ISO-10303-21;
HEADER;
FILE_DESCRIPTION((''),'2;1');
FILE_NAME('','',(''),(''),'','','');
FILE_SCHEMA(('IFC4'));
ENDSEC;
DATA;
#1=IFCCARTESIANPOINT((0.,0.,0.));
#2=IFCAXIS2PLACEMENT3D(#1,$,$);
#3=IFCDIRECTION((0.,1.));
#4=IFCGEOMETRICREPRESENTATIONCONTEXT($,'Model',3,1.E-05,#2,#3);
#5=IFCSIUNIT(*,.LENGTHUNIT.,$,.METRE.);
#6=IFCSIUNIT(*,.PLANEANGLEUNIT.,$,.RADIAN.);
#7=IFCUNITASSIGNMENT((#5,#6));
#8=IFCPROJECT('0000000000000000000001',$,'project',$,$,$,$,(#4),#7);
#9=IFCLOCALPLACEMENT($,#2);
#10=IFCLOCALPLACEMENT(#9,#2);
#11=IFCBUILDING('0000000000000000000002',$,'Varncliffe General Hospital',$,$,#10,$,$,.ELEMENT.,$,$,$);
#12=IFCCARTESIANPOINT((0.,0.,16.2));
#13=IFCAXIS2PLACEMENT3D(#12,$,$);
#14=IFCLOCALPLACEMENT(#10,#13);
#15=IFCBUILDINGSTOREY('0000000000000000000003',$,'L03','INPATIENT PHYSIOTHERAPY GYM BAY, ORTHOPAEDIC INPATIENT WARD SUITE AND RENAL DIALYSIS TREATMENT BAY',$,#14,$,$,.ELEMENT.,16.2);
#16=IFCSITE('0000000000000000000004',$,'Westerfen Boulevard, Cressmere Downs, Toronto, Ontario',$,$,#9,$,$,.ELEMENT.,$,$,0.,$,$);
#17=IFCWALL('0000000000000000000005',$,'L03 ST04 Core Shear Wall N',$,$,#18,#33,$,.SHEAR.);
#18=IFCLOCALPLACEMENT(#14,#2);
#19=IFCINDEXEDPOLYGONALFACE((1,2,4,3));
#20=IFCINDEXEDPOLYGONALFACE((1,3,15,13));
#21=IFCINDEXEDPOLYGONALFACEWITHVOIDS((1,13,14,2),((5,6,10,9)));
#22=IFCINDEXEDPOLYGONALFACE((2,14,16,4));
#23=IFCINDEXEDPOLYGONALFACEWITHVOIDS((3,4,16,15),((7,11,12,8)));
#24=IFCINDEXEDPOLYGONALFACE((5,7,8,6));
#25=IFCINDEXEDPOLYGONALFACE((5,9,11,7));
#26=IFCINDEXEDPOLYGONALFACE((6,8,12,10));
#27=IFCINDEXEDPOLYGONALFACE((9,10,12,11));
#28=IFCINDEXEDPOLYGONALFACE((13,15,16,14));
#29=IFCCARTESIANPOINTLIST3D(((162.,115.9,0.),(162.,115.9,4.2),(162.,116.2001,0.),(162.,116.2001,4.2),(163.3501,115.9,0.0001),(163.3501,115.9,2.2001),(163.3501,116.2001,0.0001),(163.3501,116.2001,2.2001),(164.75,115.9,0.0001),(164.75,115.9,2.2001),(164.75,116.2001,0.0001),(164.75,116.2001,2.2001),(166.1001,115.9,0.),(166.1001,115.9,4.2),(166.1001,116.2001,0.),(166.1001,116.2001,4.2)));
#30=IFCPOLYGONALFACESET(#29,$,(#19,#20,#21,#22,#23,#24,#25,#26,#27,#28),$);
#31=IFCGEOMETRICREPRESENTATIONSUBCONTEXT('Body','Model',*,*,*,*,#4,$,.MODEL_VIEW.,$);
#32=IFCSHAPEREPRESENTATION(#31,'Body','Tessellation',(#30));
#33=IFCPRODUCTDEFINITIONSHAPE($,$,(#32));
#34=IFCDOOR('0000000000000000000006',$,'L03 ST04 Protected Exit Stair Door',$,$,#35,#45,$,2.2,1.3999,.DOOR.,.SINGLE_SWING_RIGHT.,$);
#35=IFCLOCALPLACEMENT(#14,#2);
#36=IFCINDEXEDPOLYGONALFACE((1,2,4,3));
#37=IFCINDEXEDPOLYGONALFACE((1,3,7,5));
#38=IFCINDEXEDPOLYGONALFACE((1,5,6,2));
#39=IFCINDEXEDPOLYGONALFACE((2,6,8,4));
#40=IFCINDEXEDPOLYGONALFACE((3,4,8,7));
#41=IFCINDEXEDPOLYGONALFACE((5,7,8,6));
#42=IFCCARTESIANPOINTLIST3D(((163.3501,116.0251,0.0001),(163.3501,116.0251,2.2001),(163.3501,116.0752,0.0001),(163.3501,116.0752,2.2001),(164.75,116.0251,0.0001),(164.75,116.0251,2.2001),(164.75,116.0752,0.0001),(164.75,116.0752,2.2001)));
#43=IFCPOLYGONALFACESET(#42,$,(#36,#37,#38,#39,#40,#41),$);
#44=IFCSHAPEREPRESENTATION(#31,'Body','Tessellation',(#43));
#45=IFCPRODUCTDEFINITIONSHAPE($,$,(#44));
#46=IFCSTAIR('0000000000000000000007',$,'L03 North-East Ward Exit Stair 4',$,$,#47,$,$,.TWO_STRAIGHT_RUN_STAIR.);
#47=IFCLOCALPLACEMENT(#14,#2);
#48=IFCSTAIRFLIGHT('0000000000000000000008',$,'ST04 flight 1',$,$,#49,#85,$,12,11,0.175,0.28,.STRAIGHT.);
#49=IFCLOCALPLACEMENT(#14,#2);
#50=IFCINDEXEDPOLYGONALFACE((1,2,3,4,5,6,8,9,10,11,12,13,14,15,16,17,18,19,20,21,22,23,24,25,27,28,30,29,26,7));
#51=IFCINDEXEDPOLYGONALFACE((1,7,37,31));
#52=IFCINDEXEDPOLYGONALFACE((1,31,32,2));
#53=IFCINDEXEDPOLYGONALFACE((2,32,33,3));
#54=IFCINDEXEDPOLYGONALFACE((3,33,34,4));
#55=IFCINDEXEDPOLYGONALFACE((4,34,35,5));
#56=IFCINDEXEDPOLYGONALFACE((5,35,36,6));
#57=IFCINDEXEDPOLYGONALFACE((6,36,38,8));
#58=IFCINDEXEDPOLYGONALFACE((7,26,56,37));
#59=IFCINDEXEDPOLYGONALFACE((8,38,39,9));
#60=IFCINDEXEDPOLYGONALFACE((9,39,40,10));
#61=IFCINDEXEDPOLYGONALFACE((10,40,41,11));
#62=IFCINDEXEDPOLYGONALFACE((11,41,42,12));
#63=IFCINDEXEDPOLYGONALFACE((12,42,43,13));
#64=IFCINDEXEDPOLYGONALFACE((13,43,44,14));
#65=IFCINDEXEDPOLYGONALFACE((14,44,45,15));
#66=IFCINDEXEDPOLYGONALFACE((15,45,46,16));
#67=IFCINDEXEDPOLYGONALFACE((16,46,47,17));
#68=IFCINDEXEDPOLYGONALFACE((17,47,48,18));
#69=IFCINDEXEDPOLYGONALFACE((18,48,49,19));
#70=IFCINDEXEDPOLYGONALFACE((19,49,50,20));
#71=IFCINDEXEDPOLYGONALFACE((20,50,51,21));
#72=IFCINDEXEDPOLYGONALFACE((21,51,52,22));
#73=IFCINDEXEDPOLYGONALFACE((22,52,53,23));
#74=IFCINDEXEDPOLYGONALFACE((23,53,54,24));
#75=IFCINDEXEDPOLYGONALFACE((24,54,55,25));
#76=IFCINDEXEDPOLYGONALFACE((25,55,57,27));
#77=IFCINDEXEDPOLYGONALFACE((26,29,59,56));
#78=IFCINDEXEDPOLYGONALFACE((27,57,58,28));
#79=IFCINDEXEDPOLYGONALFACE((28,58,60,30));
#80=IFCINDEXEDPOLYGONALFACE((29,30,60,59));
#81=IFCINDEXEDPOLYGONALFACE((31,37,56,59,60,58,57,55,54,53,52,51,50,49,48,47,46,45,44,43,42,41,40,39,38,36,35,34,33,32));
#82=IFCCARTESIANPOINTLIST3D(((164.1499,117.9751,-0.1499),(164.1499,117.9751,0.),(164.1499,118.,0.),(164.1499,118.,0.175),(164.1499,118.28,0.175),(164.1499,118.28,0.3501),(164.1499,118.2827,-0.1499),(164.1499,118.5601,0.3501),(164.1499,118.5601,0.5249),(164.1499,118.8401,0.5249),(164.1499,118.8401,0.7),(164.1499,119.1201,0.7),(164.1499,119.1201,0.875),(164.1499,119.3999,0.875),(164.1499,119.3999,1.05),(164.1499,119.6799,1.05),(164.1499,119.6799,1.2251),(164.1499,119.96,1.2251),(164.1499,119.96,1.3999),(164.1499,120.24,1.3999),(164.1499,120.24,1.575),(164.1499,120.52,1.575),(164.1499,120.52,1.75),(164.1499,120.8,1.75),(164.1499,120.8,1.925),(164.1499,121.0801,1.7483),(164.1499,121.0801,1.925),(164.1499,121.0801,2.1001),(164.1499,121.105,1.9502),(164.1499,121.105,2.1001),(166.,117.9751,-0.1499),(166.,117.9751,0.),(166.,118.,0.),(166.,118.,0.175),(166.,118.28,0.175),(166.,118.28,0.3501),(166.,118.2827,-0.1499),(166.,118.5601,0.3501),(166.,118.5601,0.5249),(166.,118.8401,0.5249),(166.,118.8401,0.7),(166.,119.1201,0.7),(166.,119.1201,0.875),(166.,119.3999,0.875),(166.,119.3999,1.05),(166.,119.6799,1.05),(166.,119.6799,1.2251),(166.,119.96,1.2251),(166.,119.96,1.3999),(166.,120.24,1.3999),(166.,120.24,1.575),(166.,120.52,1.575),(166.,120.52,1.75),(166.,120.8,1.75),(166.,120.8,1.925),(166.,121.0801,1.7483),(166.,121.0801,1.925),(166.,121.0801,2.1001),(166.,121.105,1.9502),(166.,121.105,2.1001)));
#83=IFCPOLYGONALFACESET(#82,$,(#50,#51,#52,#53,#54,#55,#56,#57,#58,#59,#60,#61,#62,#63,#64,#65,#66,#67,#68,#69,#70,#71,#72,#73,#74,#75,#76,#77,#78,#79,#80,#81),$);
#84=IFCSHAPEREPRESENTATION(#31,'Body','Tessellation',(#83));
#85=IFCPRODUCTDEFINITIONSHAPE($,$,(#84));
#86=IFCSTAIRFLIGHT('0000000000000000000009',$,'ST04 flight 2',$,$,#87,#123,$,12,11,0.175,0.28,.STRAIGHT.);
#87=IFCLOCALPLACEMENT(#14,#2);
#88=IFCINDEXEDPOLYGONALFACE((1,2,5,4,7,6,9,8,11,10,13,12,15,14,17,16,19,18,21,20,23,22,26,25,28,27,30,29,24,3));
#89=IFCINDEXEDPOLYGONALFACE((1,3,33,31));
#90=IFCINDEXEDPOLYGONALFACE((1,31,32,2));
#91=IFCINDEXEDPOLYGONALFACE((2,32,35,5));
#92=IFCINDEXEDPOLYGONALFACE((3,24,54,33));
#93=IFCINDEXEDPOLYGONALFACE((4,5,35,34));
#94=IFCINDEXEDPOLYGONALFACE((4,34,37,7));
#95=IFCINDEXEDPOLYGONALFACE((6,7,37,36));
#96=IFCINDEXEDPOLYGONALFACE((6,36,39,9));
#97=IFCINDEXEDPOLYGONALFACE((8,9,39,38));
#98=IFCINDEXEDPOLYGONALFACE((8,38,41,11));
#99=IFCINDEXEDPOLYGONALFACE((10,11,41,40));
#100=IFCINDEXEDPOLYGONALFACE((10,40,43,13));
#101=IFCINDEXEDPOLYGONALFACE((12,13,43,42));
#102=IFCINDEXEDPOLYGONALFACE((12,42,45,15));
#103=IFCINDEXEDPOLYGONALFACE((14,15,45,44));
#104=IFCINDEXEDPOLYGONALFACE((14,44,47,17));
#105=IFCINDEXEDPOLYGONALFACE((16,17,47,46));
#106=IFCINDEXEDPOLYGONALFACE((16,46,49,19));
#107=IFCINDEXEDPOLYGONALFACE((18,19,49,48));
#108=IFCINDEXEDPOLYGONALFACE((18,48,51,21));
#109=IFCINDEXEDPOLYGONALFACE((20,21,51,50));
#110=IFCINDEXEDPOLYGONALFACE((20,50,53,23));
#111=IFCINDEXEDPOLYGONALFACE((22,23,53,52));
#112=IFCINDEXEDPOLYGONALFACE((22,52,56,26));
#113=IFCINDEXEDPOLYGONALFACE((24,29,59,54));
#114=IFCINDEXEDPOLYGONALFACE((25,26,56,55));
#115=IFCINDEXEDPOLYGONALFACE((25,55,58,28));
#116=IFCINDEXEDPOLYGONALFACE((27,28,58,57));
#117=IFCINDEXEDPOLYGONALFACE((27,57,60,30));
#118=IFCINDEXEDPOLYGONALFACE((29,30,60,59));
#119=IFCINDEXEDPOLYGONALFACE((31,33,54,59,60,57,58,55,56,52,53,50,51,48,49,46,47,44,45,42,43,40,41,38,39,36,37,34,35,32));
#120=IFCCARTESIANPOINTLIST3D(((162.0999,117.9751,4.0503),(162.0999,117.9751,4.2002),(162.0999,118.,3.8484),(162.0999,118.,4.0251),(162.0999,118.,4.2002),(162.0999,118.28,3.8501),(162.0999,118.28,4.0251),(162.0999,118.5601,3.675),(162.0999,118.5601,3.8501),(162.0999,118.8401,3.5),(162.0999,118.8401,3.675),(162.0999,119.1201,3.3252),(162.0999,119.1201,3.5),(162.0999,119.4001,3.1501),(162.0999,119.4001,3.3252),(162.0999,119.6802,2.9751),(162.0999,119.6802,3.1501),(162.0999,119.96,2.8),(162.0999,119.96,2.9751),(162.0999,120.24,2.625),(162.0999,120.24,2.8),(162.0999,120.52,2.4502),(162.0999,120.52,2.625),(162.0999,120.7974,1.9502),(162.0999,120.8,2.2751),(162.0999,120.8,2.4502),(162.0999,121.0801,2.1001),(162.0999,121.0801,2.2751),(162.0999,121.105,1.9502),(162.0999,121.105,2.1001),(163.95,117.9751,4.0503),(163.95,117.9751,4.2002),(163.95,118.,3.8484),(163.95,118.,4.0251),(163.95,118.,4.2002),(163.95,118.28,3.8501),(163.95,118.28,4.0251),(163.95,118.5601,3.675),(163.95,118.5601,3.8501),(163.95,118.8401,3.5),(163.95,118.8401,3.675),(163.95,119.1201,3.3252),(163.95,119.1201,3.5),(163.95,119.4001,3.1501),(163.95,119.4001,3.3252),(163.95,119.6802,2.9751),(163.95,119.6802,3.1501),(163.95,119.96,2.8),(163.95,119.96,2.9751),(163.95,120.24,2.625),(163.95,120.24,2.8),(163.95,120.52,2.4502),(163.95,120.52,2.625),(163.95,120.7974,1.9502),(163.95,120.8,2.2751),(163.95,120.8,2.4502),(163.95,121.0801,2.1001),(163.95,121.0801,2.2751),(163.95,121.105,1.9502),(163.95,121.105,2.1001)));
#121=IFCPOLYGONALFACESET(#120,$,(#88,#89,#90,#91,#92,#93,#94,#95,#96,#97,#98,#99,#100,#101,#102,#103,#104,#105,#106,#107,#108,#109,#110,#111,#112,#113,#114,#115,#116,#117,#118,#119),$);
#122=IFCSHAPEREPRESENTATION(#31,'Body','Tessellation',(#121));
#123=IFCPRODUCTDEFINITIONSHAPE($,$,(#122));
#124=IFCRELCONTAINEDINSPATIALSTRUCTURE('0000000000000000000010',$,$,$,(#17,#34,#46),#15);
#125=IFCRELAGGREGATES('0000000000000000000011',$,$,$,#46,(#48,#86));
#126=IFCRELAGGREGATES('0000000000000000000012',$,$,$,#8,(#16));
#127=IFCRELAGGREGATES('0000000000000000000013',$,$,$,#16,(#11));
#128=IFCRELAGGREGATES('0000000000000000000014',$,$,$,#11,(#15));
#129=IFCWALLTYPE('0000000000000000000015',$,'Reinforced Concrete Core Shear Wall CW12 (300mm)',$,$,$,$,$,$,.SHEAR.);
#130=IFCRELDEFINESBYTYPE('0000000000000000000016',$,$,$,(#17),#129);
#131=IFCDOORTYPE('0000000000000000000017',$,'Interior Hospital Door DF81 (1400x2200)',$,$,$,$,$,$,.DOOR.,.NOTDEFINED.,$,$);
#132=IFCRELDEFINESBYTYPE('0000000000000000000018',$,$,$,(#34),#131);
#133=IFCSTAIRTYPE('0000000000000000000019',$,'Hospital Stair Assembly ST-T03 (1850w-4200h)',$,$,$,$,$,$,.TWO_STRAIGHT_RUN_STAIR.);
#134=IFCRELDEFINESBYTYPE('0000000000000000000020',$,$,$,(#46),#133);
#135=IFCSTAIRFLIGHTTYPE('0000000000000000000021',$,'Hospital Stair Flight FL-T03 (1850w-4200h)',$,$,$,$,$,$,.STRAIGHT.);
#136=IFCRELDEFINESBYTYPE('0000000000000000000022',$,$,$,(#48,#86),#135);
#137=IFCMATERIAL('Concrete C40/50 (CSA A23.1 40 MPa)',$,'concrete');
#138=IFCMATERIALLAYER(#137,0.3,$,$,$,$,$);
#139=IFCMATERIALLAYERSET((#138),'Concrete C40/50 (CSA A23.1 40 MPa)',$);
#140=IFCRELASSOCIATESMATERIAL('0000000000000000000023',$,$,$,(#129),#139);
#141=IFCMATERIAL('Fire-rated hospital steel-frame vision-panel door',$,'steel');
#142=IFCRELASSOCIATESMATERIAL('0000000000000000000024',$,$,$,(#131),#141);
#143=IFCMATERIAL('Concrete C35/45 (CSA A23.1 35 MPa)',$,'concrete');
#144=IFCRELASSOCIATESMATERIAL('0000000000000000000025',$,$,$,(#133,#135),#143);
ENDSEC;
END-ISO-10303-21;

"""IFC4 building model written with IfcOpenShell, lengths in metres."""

from ifc_helpers import new_model, si_unit, direction, frame, frame_2d, origin, place, context, subcontext, project, spatial, polyline, rectangle, outline, extrude, material, layer, layer_set, type_object, element, fill, aggregate, save


model = new_model("IFC4")

# Units and contexts
model_context = context("Model", 3, precision=1e-05, world=origin(), true_north=direction((0.0, 1.0)))
body_context = subcontext(model_context, "Body", "Model", "MODEL_VIEW")
ifc_project = project(units=[si_unit("LENGTHUNIT", "METRE"), si_unit("PLANEANGLEUNIT", "RADIAN")], contexts=[model_context])

# Site, building, storey
site_placement = place(None, origin())
site = spatial("IfcSite", under=ifc_project, at=site_placement, Name="Westerfen Boulevard, Cressmere Downs, Toronto, Ontario", CompositionType="ELEMENT", RefElevation=0.0)
building_placement = place(site_placement, origin())
building = spatial("IfcBuilding", under=site, at=building_placement, Name="Varncliffe General Hospital", CompositionType="ELEMENT")
storey_placement = place(building_placement, frame((0.0, 0.0, 16.2)))
storey = spatial("IfcBuildingStorey", under=building, at=storey_placement, Name="L03", Description="INPATIENT PHYSIOTHERAPY GYM BAY, ORTHOPAEDIC INPATIENT WARD SUITE AND RENAL DIALYSIS TREATMENT BAY", CompositionType="ELEMENT", Elevation=16.2)

# Shared definitions
ifc_material_1 = material(Name="Concrete C40/50 (CSA A23.1 40 MPa)", Category="concrete")

# Shared definitions
ifc_material_2 = material(Name="Concrete C35/45 (CSA A23.1 35 MPa)", Category="concrete")

# Shared definitions
ifc_material_3 = material(Name="Fire-rated hospital steel-frame vision-panel door", Category="steel")

# Shared definitions
ifc_layer_1 = layer(ifc_material_1, 0.3)
ifc_layer_set_1 = layer_set([ifc_layer_1], Name="Concrete C40/50 (CSA A23.1 40 MPa)")
wall_type_1 = type_object("IfcWallType", Name="Reinforced Concrete Core Shear Wall CW12 (300mm)", PredefinedType="SHEAR", material=ifc_layer_set_1)

# Wall, opening, door
wall_1_placement = place(storey_placement, frame((162.0, 116.05, 0.0), z_axis=(0.0, 0.0, 1.0), x_axis=(1.0, 0.0, 0.0)))
wall_1 = element("IfcWall", 1, at=wall_1_placement, inside=storey, type_object=wall_type_1, Name="L03 ST04 Core Shear Wall N", PredefinedType="SHEAR", context=body_context, shape_type="SweptSolid", body=[
    extrude(rectangle(XDim=4.1001, YDim=0.3, at=frame_2d((2.05, 0.0))), origin(), (0.0, 0.0, 1.0), 4.2),
])
opening_1_placement = place(wall_1_placement, frame((1.3501, 0.0, 0.0)))
opening_1 = element("IfcOpeningElement", 2, at=opening_1_placement, cuts=wall_1, PredefinedType="OPENING", context=body_context, shape_type="SweptSolid", body=[
    extrude(rectangle(XDim=1.3999, YDim=2.2, at=frame_2d((0.7, 1.1001))), frame((0.0, 0.1602, 0.0), z_axis=(0.0, -1.0, 0.0), x_axis=(1.0, 0.0, 0.0)), (0.0, 0.0, 1.0), 0.3201),
])
door_type_1 = type_object("IfcDoorType", Name="Interior Hospital Door DF81 (1400x2200)", OperationType="NOTDEFINED", PredefinedType="DOOR", material=ifc_material_3)
door_1_placement = place(opening_1_placement, frame((1.3999, 0.0, 0.0), z_axis=(0.0, 0.0, 1.0), x_axis=(-1.0, 0.0, 0.0)))
door_1 = element("IfcDoor", 3, at=door_1_placement, inside=storey, type_object=door_type_1, Name="L03 ST04 Protected Exit Stair Door", OperationType="SINGLE_SWING_RIGHT", OverallHeight=2.2, OverallWidth=1.3999, PredefinedType="DOOR", context=body_context, shape_type="SweptSolid", body=[
    extrude(rectangle(XDim=1.3999, YDim=2.2, at=frame_2d((0.7, 1.1001))), frame((0.0, 0.0249, 0.0), z_axis=(0.0, -1.0, 0.0), x_axis=(1.0, 0.0, 0.0)), (0.0, 0.0, 1.0), 0.05),
])
fill(opening_1, door_1)

# Stair, stair flights
stair_type = type_object("IfcStairType", Name="Hospital Stair Assembly ST-T03 (1850w-4200h)", PredefinedType="TWO_STRAIGHT_RUN_STAIR", material=ifc_material_2)
stair_placement = place(storey_placement, origin())
stair = element("IfcStair", 4, at=stair_placement, inside=storey, type_object=stair_type, Name="L03 North-East Ward Exit Stair 4", PredefinedType="TWO_STRAIGHT_RUN_STAIR")
stair_flight_type = type_object("IfcStairFlightType", Name="Hospital Stair Flight FL-T03 (1850w-4200h)", PredefinedType="STRAIGHT", material=ifc_material_2)
stair_flight_1_placement = place(storey_placement, frame((165.075, 118.0, 0.0), z_axis=(0.0, 0.0, 1.0), x_axis=(0.0, 1.0, 0.0)))
stair_flight_1 = element("IfcStairFlight", 5, at=stair_flight_1_placement, type_object=stair_flight_type, Name="ST04 flight 1", NumberOfRisers=12, NumberOfTreads=11, PredefinedType="STRAIGHT", RiserHeight=0.175, TreadLength=0.28, context=body_context, shape_type="SweptSolid", body=[
    extrude(outline(polyline([(-0.0249, -0.1499), (-0.0249, 0.0), (0.0, 0.0), (0.0, 0.175), (0.28, 0.175), (0.28, 0.3501), (0.5601, 0.3501), (0.5601, 0.5249), (0.8401, 0.5249), (0.8401, 0.7), (1.1201, 0.7), (1.1201, 0.875), (1.3999, 0.875), (1.3999, 1.05), (1.6799, 1.05), (1.6799, 1.2251), (1.96, 1.2251), (1.96, 1.3999), (2.24, 1.3999), (2.24, 1.575), (2.52, 1.575), (2.52, 1.75), (2.8, 1.75), (2.8, 1.925), (3.0801, 1.925), (3.0801, 2.1001), (3.105, 2.1001), (3.105, 1.9502), (3.0801, 1.7483), (0.2827, -0.1499), (-0.0249, -0.1499)])), frame((0.0, 0.925, 0.0), z_axis=(0.0, -1.0, 0.0), x_axis=(1.0, 0.0, 0.0)), (0.0, 0.0, 1.0), 1.8501),
])
stair_flight_2_placement = place(storey_placement, frame((163.0249, 121.0801, 2.1001), z_axis=(0.0, 0.0, 1.0), x_axis=(0.0, -1.0, 0.0)))
stair_flight_2 = element("IfcStairFlight", 6, at=stair_flight_2_placement, type_object=stair_flight_type, Name="ST04 flight 2", NumberOfRisers=12, NumberOfTreads=11, PredefinedType="STRAIGHT", RiserHeight=0.175, TreadLength=0.28, context=body_context, shape_type="SweptSolid", body=[
    extrude(outline(polyline([(-0.0249, -0.1499), (-0.0249, 0.0), (0.0, 0.0), (0.0, 0.175), (0.28, 0.175), (0.28, 0.3501), (0.5601, 0.3501), (0.5601, 0.5249), (0.8401, 0.5249), (0.8401, 0.7), (1.1201, 0.7), (1.1201, 0.875), (1.3999, 0.875), (1.3999, 1.05), (1.6799, 1.05), (1.6799, 1.2251), (1.96, 1.2251), (1.96, 1.3999), (2.24, 1.3999), (2.24, 1.575), (2.52, 1.575), (2.52, 1.75), (2.8, 1.75), (2.8, 1.925), (3.0801, 1.925), (3.0801, 2.1001), (3.105, 2.1001), (3.105, 1.9502), (3.0801, 1.7483), (0.2827, -0.1499), (-0.0249, -0.1499)])), frame((0.0, 0.925, 0.0), z_axis=(0.0, -1.0, 0.0), x_axis=(1.0, 0.0, 0.0)), (0.0, 0.0, 1.0), 1.8501),
])
aggregate(stair, [stair_flight_1, stair_flight_2])

save(model, "model.ifc")
